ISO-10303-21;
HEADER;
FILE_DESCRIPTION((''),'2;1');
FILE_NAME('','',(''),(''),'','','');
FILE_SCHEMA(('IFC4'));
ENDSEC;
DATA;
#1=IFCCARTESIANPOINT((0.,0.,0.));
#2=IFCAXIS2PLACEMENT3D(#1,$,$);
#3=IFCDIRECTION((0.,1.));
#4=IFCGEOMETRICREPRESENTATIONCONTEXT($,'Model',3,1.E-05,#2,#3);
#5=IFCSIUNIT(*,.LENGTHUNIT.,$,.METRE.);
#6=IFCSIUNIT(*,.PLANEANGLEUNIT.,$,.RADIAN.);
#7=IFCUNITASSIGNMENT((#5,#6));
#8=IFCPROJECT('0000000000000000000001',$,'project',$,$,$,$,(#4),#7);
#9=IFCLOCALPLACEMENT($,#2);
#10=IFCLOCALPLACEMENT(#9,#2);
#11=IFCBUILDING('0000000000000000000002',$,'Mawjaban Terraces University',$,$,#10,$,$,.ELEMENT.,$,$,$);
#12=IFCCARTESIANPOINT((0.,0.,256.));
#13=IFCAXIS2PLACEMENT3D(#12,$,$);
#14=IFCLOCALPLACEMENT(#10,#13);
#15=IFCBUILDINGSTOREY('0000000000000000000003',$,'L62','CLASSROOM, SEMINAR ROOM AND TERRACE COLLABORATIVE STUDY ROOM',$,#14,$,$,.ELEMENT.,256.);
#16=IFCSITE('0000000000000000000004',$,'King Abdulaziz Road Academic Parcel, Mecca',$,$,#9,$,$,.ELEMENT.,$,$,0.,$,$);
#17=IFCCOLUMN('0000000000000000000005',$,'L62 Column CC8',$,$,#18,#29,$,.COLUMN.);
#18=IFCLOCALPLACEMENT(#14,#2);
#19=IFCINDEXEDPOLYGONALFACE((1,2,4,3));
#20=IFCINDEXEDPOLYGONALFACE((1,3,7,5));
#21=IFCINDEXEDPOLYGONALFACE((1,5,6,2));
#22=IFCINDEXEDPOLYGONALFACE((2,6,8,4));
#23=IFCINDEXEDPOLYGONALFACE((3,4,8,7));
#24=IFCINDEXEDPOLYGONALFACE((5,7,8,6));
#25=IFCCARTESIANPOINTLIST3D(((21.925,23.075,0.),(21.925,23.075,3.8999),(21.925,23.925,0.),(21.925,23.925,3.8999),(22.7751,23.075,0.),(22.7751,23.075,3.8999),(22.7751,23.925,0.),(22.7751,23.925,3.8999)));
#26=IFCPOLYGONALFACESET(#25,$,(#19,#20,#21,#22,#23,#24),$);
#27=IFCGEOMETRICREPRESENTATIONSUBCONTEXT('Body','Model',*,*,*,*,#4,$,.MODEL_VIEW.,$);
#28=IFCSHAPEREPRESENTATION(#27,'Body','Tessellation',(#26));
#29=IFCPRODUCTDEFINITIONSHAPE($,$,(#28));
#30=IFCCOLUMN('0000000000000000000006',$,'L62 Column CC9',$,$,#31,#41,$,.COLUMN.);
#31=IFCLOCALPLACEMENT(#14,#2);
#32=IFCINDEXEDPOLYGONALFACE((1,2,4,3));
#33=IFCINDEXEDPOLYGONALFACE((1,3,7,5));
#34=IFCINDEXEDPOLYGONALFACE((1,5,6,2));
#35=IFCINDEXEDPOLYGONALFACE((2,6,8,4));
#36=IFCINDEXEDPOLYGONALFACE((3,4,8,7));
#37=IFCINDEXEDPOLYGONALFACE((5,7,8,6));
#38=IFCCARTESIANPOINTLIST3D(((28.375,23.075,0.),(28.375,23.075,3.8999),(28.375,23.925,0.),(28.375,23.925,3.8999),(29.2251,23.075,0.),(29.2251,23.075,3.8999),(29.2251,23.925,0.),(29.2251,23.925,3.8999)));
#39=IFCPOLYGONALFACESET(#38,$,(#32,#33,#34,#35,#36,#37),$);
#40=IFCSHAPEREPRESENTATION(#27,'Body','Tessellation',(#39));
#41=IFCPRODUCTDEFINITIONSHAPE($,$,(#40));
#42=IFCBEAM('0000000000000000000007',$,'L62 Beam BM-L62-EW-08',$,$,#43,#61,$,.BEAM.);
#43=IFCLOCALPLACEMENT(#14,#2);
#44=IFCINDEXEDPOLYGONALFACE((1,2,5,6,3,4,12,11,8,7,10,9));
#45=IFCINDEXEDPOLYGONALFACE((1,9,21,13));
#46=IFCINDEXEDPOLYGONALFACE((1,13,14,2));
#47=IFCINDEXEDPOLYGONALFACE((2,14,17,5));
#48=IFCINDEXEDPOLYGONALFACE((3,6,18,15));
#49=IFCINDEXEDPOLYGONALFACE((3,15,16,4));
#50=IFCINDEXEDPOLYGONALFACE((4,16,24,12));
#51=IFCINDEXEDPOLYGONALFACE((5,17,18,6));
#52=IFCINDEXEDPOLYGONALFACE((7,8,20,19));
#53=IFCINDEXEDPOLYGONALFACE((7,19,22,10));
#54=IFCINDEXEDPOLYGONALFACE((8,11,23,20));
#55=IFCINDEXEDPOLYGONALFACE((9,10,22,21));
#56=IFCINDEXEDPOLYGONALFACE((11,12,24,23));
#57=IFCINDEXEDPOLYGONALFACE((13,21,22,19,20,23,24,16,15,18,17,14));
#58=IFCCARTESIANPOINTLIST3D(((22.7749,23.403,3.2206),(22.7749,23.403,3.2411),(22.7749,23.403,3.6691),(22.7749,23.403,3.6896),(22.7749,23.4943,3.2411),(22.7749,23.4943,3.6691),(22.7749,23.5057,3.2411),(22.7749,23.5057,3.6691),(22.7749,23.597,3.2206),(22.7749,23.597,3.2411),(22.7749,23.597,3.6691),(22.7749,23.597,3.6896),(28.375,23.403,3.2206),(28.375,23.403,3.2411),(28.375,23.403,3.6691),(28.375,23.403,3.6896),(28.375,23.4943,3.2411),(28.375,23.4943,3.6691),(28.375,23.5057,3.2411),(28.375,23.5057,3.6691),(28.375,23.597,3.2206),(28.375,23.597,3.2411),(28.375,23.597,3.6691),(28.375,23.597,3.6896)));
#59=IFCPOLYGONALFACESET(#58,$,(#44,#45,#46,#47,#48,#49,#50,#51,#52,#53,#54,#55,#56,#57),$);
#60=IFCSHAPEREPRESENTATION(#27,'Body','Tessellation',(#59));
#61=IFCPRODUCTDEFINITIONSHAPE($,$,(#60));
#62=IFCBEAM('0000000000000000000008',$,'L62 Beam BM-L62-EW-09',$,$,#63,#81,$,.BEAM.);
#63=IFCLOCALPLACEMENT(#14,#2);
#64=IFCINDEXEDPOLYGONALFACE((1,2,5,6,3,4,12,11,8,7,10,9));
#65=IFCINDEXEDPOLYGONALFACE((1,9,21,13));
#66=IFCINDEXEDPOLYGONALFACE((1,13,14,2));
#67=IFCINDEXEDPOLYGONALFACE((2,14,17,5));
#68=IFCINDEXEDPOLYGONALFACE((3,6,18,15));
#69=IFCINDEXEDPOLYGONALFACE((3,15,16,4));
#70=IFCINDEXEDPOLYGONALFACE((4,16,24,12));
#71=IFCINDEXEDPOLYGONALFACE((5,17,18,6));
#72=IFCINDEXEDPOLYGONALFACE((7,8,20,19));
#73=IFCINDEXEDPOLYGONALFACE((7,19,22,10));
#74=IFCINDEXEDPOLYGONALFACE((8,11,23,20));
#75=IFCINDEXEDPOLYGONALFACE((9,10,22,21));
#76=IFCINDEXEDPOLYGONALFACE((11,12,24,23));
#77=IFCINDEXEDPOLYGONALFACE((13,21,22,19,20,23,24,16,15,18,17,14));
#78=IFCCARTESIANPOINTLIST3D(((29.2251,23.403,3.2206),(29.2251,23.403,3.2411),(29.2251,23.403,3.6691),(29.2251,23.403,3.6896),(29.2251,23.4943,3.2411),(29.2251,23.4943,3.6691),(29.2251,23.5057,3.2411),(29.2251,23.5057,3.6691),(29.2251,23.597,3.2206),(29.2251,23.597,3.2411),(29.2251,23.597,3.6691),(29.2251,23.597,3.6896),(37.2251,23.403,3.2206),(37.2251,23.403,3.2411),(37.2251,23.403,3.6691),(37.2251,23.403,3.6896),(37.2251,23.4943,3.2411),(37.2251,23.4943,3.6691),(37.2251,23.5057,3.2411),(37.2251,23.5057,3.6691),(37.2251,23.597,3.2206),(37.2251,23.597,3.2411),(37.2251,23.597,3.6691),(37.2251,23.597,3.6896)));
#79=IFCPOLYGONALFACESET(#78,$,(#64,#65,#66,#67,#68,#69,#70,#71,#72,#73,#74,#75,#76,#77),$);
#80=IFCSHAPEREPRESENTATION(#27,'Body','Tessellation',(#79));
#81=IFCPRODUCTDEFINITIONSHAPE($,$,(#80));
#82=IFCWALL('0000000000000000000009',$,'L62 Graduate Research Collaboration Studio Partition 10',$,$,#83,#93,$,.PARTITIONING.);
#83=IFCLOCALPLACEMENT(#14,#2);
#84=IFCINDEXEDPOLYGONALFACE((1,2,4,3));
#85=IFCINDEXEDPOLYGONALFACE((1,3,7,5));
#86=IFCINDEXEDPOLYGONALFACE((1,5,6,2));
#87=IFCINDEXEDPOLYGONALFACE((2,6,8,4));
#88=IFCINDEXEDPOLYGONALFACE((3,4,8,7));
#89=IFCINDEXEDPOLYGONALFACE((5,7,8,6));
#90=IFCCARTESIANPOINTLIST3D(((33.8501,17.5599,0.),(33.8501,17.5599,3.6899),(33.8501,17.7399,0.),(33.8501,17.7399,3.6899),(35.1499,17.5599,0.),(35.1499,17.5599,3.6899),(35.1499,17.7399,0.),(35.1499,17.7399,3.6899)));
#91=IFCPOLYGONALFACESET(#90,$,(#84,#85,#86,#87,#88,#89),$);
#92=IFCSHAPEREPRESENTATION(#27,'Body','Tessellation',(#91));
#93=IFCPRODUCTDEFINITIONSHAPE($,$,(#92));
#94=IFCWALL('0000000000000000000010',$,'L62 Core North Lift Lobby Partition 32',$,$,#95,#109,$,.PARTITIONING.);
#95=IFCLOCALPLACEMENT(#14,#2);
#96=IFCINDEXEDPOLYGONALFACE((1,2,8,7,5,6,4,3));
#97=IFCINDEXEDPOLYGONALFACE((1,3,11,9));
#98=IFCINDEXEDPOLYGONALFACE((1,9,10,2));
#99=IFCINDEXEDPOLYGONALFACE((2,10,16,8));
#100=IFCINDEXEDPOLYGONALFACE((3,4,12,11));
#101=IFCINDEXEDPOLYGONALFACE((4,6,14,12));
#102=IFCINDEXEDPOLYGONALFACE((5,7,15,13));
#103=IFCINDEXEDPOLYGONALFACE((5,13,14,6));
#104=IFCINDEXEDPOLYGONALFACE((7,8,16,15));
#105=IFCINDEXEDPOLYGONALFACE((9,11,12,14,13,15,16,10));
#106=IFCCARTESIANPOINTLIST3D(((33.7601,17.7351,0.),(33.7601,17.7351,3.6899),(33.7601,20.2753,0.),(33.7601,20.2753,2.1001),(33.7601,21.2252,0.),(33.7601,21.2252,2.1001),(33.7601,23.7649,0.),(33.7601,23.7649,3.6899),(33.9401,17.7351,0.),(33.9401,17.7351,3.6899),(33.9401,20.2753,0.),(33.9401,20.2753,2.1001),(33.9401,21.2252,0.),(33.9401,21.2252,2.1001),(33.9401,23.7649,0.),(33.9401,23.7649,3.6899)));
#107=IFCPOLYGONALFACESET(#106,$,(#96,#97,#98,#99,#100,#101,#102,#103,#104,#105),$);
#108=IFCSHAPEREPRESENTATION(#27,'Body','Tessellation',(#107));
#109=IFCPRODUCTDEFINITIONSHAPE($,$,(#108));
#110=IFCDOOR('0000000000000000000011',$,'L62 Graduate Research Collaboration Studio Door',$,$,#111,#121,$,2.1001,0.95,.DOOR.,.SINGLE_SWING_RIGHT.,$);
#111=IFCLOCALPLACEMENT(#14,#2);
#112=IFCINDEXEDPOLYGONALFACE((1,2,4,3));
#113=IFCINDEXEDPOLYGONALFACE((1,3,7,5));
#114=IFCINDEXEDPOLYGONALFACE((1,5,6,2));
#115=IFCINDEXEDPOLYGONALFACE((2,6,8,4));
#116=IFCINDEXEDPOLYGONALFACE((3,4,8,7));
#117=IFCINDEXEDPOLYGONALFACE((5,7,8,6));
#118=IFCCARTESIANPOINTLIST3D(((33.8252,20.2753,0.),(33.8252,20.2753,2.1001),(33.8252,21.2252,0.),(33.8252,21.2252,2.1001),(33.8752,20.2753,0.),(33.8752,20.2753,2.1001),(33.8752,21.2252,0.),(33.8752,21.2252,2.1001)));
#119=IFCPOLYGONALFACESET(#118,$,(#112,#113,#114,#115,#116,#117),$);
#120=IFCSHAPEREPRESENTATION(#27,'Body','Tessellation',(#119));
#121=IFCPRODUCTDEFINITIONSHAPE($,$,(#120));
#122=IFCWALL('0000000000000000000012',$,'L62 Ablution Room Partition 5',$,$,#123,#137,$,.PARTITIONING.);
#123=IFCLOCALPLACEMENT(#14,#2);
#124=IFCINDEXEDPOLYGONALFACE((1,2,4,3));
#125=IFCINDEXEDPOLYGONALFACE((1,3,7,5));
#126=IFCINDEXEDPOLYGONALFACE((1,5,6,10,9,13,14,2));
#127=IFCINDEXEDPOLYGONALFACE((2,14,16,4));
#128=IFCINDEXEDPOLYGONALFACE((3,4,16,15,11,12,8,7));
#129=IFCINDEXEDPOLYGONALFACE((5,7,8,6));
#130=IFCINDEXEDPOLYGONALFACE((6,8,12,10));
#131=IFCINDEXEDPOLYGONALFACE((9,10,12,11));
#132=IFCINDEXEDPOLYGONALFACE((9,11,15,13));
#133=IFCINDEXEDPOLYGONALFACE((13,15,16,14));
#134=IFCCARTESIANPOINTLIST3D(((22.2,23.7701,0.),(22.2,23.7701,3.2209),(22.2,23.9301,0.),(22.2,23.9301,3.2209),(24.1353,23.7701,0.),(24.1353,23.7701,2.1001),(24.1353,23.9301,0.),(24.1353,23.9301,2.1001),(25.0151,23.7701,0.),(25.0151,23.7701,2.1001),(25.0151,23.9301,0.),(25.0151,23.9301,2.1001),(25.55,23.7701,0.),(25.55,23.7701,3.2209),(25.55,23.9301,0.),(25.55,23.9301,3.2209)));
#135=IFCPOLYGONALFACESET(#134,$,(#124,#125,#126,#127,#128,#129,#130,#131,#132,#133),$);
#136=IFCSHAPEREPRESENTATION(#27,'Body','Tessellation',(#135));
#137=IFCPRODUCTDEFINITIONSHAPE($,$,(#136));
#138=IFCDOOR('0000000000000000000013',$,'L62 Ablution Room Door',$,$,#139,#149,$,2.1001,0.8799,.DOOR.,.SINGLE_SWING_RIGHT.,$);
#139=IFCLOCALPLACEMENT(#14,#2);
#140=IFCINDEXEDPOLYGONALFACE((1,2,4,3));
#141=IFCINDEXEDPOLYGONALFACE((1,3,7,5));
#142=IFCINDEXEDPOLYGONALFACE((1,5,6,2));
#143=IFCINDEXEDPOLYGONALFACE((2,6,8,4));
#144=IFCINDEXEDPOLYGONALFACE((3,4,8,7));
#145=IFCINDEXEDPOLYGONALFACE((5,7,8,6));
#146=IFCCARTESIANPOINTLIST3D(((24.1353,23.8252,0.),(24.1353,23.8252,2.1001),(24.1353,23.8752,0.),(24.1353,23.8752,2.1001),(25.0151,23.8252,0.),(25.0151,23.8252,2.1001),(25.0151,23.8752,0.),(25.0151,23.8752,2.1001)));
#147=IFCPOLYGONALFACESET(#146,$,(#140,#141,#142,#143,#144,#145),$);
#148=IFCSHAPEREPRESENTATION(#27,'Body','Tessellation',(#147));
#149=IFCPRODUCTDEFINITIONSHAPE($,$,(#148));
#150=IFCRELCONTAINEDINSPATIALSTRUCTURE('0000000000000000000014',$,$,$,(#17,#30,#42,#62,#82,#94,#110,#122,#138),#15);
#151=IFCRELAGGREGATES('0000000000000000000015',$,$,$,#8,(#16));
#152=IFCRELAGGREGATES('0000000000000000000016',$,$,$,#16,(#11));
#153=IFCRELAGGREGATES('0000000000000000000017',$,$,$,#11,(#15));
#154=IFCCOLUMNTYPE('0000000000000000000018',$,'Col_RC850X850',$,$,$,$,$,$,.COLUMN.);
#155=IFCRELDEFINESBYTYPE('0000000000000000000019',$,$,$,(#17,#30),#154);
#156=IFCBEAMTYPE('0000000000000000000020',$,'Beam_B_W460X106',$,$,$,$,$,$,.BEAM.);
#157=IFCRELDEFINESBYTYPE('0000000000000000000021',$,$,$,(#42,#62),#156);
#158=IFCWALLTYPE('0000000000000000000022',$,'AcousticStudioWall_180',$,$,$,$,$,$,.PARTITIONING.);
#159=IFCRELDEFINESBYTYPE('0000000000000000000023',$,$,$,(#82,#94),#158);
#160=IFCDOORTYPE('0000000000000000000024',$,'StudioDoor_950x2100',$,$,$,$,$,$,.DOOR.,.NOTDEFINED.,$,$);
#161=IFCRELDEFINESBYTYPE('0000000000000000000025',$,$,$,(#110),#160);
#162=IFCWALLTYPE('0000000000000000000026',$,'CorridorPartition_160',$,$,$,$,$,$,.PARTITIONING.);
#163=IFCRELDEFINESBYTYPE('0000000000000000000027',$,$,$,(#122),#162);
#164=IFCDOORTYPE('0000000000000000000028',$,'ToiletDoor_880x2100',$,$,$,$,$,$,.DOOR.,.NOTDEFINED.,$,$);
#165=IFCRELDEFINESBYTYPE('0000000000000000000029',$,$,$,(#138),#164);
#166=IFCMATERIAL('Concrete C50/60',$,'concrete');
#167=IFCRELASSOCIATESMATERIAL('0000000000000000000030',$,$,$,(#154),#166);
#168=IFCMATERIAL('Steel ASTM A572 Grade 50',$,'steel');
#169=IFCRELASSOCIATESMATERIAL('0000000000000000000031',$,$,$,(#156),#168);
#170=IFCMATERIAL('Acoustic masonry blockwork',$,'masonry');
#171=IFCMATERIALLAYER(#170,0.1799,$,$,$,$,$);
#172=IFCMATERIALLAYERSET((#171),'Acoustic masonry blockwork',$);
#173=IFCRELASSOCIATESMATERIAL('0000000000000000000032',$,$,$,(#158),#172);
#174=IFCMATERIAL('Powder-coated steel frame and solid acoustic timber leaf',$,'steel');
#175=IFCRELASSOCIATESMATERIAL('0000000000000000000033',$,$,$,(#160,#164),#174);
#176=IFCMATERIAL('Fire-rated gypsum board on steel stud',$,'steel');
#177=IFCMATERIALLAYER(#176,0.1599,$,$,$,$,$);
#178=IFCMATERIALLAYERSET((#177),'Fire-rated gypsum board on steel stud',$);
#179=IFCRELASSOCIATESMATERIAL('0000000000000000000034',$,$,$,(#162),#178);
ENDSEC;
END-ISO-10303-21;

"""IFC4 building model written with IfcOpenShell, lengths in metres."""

from ifc_helpers import new_model, si_unit, direction, frame, frame_2d, origin, origin_2d, place, context, subcontext, project, spatial, rectangle, i_section, extrude, material, layer, layer_set, material_profile, profile_set, type_object, element, fill, save


model = new_model("IFC4")

# Units and contexts
model_context = context("Model", 3, precision=1e-05, world=origin(), true_north=direction((0.0, 1.0)))
body_context = subcontext(model_context, "Body", "Model", "MODEL_VIEW")
ifc_project = project(units=[si_unit("LENGTHUNIT", "METRE"), si_unit("PLANEANGLEUNIT", "RADIAN")], contexts=[model_context])

# Site, building, storey
site_placement = place(None, origin())
site = spatial("IfcSite", under=ifc_project, at=site_placement, Name="King Abdulaziz Road Academic Parcel, Mecca", CompositionType="ELEMENT", RefElevation=0.0)
building_placement = place(site_placement, origin())
building = spatial("IfcBuilding", under=site, at=building_placement, Name="Mawjaban Terraces University", CompositionType="ELEMENT")
storey_placement = place(building_placement, frame((0.0, 0.0, 256.0)))
storey = spatial("IfcBuildingStorey", under=building, at=storey_placement, Name="L62", Description="CLASSROOM, SEMINAR ROOM AND TERRACE COLLABORATIVE STUDY ROOM", CompositionType="ELEMENT", Elevation=256.0)

# Columns
ifc_material_1 = material(Name="Concrete C50/60", Category="concrete")
ifc_material_profile_1 = material_profile(ifc_material_1, rectangle(XDim=0.8501, YDim=0.8501, at=origin_2d()), Name="RC850X850")
ifc_profile_set_1 = profile_set([ifc_material_profile_1], Name="Concrete C50/60")
column_type = type_object("IfcColumnType", Name="Col_RC850X850", PredefinedType="COLUMN", material=ifc_profile_set_1)
for number, where, z_axis, x_axis, name in (
    (1, (22.3501, 23.5, 0.0), (0.0, 0.0, 1.0), (1.0, 0.0, 0.0), "L62 Column CC8"),
    (2, (28.8, 23.5, 0.0), (0.0, 0.0, 1.0), (1.0, 0.0, 0.0), "L62 Column CC9"),
):
    element("IfcColumn", number, at=place(storey_placement, frame(where, z_axis=z_axis, x_axis=x_axis)), inside=storey, type_object=column_type, Name=name, PredefinedType="COLUMN", context=body_context, shape_type="SweptSolid", body=[
        extrude(rectangle(XDim=0.8501, YDim=0.8501, at=origin_2d()), origin(), (0.0, 0.0, 1.0), 3.8999),
    ])

# Beams
ifc_material_2 = material(Name="Steel ASTM A572 Grade 50", Category="steel")
ifc_material_profile_2 = material_profile(ifc_material_2, i_section(OverallWidth=0.1941, OverallDepth=0.469, WebThickness=0.0115, FlangeThickness=0.0205, at=origin_2d()), Name="W460X106")
ifc_profile_set_2 = profile_set([ifc_material_profile_2], Name="Steel ASTM A572 Grade 50")
beam_type = type_object("IfcBeamType", Name="Beam_B_W460X106", PredefinedType="BEAM", material=ifc_profile_set_2)
beam_1_placement = place(storey_placement, frame((22.7749, 23.5, 3.4551), z_axis=(1.0, 0.0, 0.0), x_axis=(0.0, 1.0, 0.0)))
element("IfcBeam", 3, at=beam_1_placement, inside=storey, type_object=beam_type, Name="L62 Beam BM-L62-EW-08", PredefinedType="BEAM", context=body_context, shape_type="SweptSolid", body=[
    extrude(i_section(OverallWidth=0.1941, OverallDepth=0.469, WebThickness=0.0115, FlangeThickness=0.0205, at=origin_2d()), origin(), (0.0, 0.0, 1.0), 5.6001),
])
beam_2_placement = place(storey_placement, frame((29.2251, 23.5, 3.4551), z_axis=(1.0, 0.0, 0.0), x_axis=(0.0, 1.0, 0.0)))
element("IfcBeam", 4, at=beam_2_placement, inside=storey, type_object=beam_type, Name="L62 Beam BM-L62-EW-09", PredefinedType="BEAM", context=body_context, shape_type="SweptSolid", body=[
    extrude(i_section(OverallWidth=0.1941, OverallDepth=0.469, WebThickness=0.0115, FlangeThickness=0.0205, at=origin_2d()), origin(), (0.0, 0.0, 1.0), 8.0),
])

# Wall
ifc_material_3 = material(Name="Acoustic masonry blockwork", Category="masonry")
ifc_layer_1 = layer(ifc_material_3, 0.1799)
ifc_layer_set_1 = layer_set([ifc_layer_1], Name="Acoustic masonry blockwork")
wall_type_1 = type_object("IfcWallType", Name="AcousticStudioWall_180", PredefinedType="PARTITIONING", material=ifc_layer_set_1)
wall_1_placement = place(storey_placement, frame((33.8501, 17.6499, 0.0), z_axis=(0.0, 0.0, 1.0), x_axis=(1.0, 0.0, 0.0)))
element("IfcWall", 5, at=wall_1_placement, inside=storey, type_object=wall_type_1, Name="L62 Graduate Research Collaboration Studio Partition 10", PredefinedType="PARTITIONING", context=body_context, shape_type="SweptSolid", body=[
    extrude(rectangle(XDim=1.2998, YDim=0.1799, at=frame_2d((0.6499, 0.0))), origin(), (0.0, 0.0, 1.0), 3.6899),
])

# Walls, openings, doors
wall_2_placement = place(storey_placement, frame((33.8501, 17.7351, 0.0), z_axis=(0.0, 0.0, 1.0), x_axis=(0.0, 1.0, 0.0)))
wall_2 = element("IfcWall", 6, at=wall_2_placement, inside=storey, type_object=wall_type_1, Name="L62 Core North Lift Lobby Partition 32", PredefinedType="PARTITIONING", context=body_context, shape_type="SweptSolid", body=[
    extrude(rectangle(XDim=6.0298, YDim=0.1799, at=frame_2d((3.0149, 0.0))), origin(), (0.0, 0.0, 1.0), 3.6899),
])
opening_1_placement = place(wall_2_placement, frame((2.54, 0.0, 0.0)))
opening_1 = element("IfcOpeningElement", 7, at=opening_1_placement, cuts=wall_2, PredefinedType="OPENING", context=body_context, shape_type="SweptSolid", body=[
    extrude(rectangle(XDim=0.95, YDim=2.1001, at=frame_2d((0.4751, 1.05))), frame((0.0, 0.0999, 0.0), z_axis=(0.0, -1.0, 0.0), x_axis=(1.0, 0.0, 0.0)), (0.0, 0.0, 1.0), 0.2),
])
ifc_material_4 = material(Name="Powder-coated steel frame and solid acoustic timber leaf", Category="steel")
door_type_1 = type_object("IfcDoorType", Name="StudioDoor_950x2100", OperationType="NOTDEFINED", PredefinedType="DOOR", material=ifc_material_4)
door_1_placement = place(opening_1_placement, origin())
door_1 = element("IfcDoor", 8, at=door_1_placement, inside=storey, type_object=door_type_1, Name="L62 Graduate Research Collaboration Studio Door", OperationType="SINGLE_SWING_RIGHT", OverallHeight=2.1001, OverallWidth=0.95, PredefinedType="DOOR", context=body_context, shape_type="SweptSolid", body=[
    extrude(rectangle(XDim=0.95, YDim=2.1001, at=frame_2d((0.4751, 1.05))), frame((0.0, 0.0249, 0.0), z_axis=(0.0, -1.0, 0.0), x_axis=(1.0, 0.0, 0.0)), (0.0, 0.0, 1.0), 0.05),
])
fill(opening_1, door_1)
ifc_material_5 = material(Name="Fire-rated gypsum board on steel stud", Category="steel")
ifc_layer_2 = layer(ifc_material_5, 0.1599)
ifc_layer_set_2 = layer_set([ifc_layer_2], Name="Fire-rated gypsum board on steel stud")
wall_type_2 = type_object("IfcWallType", Name="CorridorPartition_160", PredefinedType="PARTITIONING", material=ifc_layer_set_2)
wall_3_placement = place(storey_placement, frame((25.55, 23.8501, 0.0), z_axis=(0.0, 0.0, 1.0), x_axis=(-1.0, 0.0, 0.0)))
wall_3 = element("IfcWall", 9, at=wall_3_placement, inside=storey, type_object=wall_type_2, Name="L62 Ablution Room Partition 5", PredefinedType="PARTITIONING", context=body_context, shape_type="SweptSolid", body=[
    extrude(rectangle(XDim=3.3501, YDim=0.1599, at=frame_2d((1.675, 0.0))), origin(), (0.0, 0.0, 1.0), 3.2209),
])
opening_2_placement = place(wall_3_placement, frame((0.5349, 0.0, 0.0)))
opening_2 = element("IfcOpeningElement", 10, at=opening_2_placement, cuts=wall_3, PredefinedType="OPENING", context=body_context, shape_type="SweptSolid", body=[
    extrude(rectangle(XDim=0.8799, YDim=2.1001, at=frame_2d((0.4399, 1.05))), frame((0.0, 0.0898, 0.0), z_axis=(0.0, -1.0, 0.0), x_axis=(1.0, 0.0, 0.0)), (0.0, 0.0, 1.0), 0.1799),
])
door_type_2 = type_object("IfcDoorType", Name="ToiletDoor_880x2100", OperationType="NOTDEFINED", PredefinedType="DOOR", material=ifc_material_4)
door_2_placement = place(opening_2_placement, origin())
door_2 = element("IfcDoor", 11, at=door_2_placement, inside=storey, type_object=door_type_2, Name="L62 Ablution Room Door", OperationType="SINGLE_SWING_RIGHT", OverallHeight=2.1001, OverallWidth=0.8799, PredefinedType="DOOR", context=body_context, shape_type="SweptSolid", body=[
    extrude(rectangle(XDim=0.8799, YDim=2.1001, at=frame_2d((0.4399, 1.05))), frame((0.0, 0.0249, 0.0), z_axis=(0.0, -1.0, 0.0), x_axis=(1.0, 0.0, 0.0)), (0.0, 0.0, 1.0), 0.05),
])
fill(opening_2, door_2)

save(model, "model.ifc")
